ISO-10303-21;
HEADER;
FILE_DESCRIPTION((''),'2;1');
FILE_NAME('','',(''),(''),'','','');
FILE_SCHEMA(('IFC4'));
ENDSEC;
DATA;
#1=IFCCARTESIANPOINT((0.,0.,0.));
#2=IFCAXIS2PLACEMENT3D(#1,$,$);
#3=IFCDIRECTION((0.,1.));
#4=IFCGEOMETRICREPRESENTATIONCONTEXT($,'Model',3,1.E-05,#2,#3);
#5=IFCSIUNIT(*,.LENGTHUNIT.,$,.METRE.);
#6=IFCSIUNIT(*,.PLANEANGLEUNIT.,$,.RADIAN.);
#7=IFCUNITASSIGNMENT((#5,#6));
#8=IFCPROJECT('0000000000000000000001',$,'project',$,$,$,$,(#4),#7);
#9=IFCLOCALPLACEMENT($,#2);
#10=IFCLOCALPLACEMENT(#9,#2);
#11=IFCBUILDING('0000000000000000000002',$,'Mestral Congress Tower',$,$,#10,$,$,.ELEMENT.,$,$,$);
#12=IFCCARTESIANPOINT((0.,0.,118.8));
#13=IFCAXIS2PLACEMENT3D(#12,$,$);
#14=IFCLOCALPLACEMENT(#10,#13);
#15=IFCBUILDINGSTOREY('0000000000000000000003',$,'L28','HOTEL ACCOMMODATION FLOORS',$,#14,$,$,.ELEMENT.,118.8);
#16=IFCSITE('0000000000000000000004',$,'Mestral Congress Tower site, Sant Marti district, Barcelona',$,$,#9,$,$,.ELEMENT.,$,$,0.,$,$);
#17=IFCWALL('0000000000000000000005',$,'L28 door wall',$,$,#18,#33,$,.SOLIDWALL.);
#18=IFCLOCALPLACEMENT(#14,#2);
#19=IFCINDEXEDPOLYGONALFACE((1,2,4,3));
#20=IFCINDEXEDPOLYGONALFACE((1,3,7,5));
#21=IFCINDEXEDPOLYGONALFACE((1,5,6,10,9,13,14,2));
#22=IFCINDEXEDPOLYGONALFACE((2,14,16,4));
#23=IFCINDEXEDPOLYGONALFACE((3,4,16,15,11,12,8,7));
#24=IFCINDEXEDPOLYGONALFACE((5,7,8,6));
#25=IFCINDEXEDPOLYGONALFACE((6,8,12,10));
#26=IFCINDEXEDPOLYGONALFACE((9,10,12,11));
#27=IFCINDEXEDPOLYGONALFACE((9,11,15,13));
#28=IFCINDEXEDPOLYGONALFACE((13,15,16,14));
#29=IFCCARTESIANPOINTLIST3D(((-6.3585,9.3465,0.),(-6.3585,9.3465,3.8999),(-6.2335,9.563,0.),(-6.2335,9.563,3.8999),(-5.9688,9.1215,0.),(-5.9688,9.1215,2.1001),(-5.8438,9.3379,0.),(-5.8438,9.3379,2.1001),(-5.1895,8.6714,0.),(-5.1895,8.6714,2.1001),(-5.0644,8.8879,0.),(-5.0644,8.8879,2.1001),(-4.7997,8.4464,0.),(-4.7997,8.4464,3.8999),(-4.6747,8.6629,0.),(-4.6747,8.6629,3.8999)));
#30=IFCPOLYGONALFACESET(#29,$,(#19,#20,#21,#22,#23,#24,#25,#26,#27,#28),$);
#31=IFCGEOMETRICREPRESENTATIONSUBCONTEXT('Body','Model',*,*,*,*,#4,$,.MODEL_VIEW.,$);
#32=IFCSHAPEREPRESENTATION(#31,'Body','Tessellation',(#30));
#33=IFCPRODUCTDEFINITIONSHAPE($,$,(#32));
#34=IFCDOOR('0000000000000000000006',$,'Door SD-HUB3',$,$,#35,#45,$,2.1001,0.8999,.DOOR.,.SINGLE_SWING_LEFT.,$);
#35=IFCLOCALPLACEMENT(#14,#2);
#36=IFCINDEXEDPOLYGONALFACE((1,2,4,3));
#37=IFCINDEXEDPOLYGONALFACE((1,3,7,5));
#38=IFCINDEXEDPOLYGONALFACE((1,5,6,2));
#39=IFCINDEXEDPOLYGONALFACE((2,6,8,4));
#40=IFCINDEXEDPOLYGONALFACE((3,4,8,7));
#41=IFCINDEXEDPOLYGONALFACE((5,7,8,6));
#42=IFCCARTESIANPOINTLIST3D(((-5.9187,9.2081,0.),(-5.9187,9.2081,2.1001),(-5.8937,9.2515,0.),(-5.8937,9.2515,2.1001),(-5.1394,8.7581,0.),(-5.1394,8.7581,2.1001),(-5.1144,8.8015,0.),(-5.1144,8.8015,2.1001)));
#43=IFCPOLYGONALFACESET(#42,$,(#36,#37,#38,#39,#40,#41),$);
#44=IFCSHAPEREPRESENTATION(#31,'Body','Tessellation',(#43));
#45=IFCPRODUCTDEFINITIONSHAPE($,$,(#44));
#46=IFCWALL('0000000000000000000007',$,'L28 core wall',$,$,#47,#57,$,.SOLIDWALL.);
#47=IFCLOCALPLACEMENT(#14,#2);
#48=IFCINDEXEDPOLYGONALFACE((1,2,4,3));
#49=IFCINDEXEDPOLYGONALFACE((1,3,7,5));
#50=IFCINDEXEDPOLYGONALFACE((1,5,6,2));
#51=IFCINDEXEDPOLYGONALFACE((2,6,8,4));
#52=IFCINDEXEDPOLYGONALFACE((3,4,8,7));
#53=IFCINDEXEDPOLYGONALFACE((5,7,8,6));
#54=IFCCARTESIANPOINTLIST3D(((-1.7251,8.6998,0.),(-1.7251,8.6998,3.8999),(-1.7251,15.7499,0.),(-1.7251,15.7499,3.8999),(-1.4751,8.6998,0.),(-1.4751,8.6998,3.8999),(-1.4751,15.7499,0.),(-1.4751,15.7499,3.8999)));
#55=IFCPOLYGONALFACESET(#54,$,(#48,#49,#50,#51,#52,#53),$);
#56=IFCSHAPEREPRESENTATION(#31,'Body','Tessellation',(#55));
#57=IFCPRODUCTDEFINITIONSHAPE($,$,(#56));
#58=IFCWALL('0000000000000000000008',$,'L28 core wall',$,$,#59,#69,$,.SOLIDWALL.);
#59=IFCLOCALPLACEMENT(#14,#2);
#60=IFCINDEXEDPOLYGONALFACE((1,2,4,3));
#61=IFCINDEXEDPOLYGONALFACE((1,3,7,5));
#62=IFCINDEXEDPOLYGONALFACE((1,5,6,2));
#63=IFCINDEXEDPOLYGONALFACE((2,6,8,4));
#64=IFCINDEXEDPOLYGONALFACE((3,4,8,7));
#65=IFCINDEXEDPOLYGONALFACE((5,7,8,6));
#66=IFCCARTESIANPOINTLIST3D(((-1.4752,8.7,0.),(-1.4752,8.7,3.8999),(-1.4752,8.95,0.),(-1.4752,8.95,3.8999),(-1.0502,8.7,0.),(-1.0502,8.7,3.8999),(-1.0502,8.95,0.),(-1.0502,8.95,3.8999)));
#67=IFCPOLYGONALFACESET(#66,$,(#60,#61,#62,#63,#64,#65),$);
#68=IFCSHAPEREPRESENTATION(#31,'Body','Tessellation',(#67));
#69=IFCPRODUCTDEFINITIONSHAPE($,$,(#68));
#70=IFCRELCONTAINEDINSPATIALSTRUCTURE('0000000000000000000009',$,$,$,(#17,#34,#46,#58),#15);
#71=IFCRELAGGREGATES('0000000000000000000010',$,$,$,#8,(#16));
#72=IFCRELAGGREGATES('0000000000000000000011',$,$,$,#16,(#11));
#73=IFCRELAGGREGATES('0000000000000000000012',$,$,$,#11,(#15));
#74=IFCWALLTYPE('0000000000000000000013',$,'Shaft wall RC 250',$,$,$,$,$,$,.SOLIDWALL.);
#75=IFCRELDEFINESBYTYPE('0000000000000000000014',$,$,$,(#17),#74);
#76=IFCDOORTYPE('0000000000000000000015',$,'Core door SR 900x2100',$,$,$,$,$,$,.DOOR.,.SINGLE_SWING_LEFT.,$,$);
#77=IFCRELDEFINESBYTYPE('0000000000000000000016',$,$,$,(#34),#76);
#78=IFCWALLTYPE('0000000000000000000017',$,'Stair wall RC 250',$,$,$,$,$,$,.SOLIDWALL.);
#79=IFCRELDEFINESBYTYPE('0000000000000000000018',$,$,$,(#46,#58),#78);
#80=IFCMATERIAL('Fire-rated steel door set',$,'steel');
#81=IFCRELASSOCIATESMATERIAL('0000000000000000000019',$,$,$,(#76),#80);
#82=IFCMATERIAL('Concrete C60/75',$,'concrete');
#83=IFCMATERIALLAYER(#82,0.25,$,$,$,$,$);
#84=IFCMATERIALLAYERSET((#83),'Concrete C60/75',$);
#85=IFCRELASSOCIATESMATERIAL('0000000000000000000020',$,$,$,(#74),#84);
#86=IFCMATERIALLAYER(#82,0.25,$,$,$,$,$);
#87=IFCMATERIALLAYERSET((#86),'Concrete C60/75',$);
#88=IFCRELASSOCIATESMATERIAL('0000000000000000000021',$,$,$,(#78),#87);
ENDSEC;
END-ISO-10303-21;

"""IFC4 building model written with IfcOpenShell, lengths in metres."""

from ifc_helpers import new_model, si_unit, direction, frame, frame_2d, origin, place, context, subcontext, project, spatial, rectangle, extrude, material, layer, layer_set, type_object, element, fill, save


model = new_model("IFC4")

# Units and contexts
model_context = context("Model", 3, precision=1e-05, world=origin(), true_north=direction((0.0, 1.0)))
body_context = subcontext(model_context, "Body", "Model", "MODEL_VIEW")
ifc_project = project(units=[si_unit("LENGTHUNIT", "METRE"), si_unit("PLANEANGLEUNIT", "RADIAN")], contexts=[model_context])

# Site, building, storey
site_placement = place(None, origin())
site = spatial("IfcSite", under=ifc_project, at=site_placement, Name="Mestral Congress Tower site, Sant Marti district, Barcelona", CompositionType="ELEMENT", RefElevation=0.0)
building_placement = place(site_placement, origin())
building = spatial("IfcBuilding", under=site, at=building_placement, Name="Mestral Congress Tower", CompositionType="ELEMENT")
storey_placement = place(building_placement, frame((0.0, 0.0, 118.8)))
storey = spatial("IfcBuildingStorey", under=building, at=storey_placement, Name="L28", Description="HOTEL ACCOMMODATION FLOORS", CompositionType="ELEMENT", Elevation=118.8)

# Shared definitions
ifc_material_1 = material(Name="Fire-rated steel door set", Category="steel")
door_type_1 = type_object("IfcDoorType", Name="Core door SR 900x2100", OperationType="SINGLE_SWING_LEFT", PredefinedType="DOOR", material=ifc_material_1)

# Shared definitions
ifc_material_2 = material(Name="Concrete C60/75", Category="concrete")
ifc_layer_1 = layer(ifc_material_2, 0.25)
ifc_layer_set_1 = layer_set([ifc_layer_1], Name="Concrete C60/75")
wall_type_1 = type_object("IfcWallType", Name="Shaft wall RC 250", PredefinedType="SOLIDWALL", material=ifc_layer_set_1)

# Wall, opening, door
wall_1_placement = place(storey_placement, frame((-4.7373, 8.5547, 0.0), z_axis=(0.0, 0.0, 1.0), x_axis=(-0.865989, 0.500063, 0.0)))
wall_1 = element("IfcWall", 1, at=wall_1_placement, inside=storey, type_object=wall_type_1, Name="L28 door wall", PredefinedType="SOLIDWALL", context=body_context, shape_type="SweptSolid", body=[
    extrude(rectangle(XDim=1.8, YDim=0.25, at=frame_2d((0.8999, 0.0))), origin(), (0.0, 0.0, 1.0), 3.8999),
])
opening_1_placement = place(wall_1_placement, frame((0.45, 0.0, 0.0)))
opening_1 = element("IfcOpeningElement", 2, at=opening_1_placement, cuts=wall_1, PredefinedType="OPENING", context=body_context, shape_type="SweptSolid", body=[
    extrude(rectangle(XDim=0.8999, YDim=2.1001, at=frame_2d((0.45, 1.05))), frame((0.0, 0.135, 0.0), z_axis=(0.0, -1.0, 0.0), x_axis=(1.0, 0.0, 0.0)), (0.0, 0.0, 1.0), 0.27),
])
door_1_placement = place(opening_1_placement, origin())
door_1 = element("IfcDoor", 3, at=door_1_placement, inside=storey, type_object=door_type_1, Name="Door SD-HUB3", OperationType="SINGLE_SWING_LEFT", OverallHeight=2.1001, OverallWidth=0.8999, PredefinedType="DOOR", context=body_context, shape_type="SweptSolid", body=[
    extrude(rectangle(XDim=0.8999, YDim=2.1001, at=frame_2d((0.45, 1.05))), frame((0.0, 0.0249, 0.0), z_axis=(0.0, -1.0, 0.0), x_axis=(1.0, 0.0, 0.0)), (0.0, 0.0, 1.0), 0.05),
])
fill(opening_1, door_1)

# Walls
ifc_layer_2 = layer(ifc_material_2, 0.25)
ifc_layer_set_2 = layer_set([ifc_layer_2], Name="Concrete C60/75")
wall_type_2 = type_object("IfcWallType", Name="Stair wall RC 250", PredefinedType="SOLIDWALL", material=ifc_layer_set_2)
wall_2_placement = place(storey_placement, frame((-1.6001, 8.7, 0.0), z_axis=(0.0, 0.0, 1.0), x_axis=(0.0, 1.0, 0.0)))
element("IfcWall", 4, at=wall_2_placement, inside=storey, type_object=wall_type_2, Name="L28 core wall", PredefinedType="SOLIDWALL", context=body_context, shape_type="SweptSolid", body=[
    extrude(rectangle(XDim=7.05, YDim=0.25, at=frame_2d((3.5249, 0.0))), origin(), (0.0, 0.0, 1.0), 3.8999),
])
wall_3_placement = place(storey_placement, frame((-1.4751, 8.825, 0.0), z_axis=(0.0, 0.0, 1.0), x_axis=(1.0, 0.0, 0.0)))
element("IfcWall", 5, at=wall_3_placement, inside=storey, type_object=wall_type_2, Name="L28 core wall", PredefinedType="SOLIDWALL", context=body_context, shape_type="SweptSolid", body=[
    extrude(rectangle(XDim=0.425, YDim=0.25, at=frame_2d((0.2124, 0.0))), origin(), (0.0, 0.0, 1.0), 3.8999),
])

save(model, "model.ifc")
